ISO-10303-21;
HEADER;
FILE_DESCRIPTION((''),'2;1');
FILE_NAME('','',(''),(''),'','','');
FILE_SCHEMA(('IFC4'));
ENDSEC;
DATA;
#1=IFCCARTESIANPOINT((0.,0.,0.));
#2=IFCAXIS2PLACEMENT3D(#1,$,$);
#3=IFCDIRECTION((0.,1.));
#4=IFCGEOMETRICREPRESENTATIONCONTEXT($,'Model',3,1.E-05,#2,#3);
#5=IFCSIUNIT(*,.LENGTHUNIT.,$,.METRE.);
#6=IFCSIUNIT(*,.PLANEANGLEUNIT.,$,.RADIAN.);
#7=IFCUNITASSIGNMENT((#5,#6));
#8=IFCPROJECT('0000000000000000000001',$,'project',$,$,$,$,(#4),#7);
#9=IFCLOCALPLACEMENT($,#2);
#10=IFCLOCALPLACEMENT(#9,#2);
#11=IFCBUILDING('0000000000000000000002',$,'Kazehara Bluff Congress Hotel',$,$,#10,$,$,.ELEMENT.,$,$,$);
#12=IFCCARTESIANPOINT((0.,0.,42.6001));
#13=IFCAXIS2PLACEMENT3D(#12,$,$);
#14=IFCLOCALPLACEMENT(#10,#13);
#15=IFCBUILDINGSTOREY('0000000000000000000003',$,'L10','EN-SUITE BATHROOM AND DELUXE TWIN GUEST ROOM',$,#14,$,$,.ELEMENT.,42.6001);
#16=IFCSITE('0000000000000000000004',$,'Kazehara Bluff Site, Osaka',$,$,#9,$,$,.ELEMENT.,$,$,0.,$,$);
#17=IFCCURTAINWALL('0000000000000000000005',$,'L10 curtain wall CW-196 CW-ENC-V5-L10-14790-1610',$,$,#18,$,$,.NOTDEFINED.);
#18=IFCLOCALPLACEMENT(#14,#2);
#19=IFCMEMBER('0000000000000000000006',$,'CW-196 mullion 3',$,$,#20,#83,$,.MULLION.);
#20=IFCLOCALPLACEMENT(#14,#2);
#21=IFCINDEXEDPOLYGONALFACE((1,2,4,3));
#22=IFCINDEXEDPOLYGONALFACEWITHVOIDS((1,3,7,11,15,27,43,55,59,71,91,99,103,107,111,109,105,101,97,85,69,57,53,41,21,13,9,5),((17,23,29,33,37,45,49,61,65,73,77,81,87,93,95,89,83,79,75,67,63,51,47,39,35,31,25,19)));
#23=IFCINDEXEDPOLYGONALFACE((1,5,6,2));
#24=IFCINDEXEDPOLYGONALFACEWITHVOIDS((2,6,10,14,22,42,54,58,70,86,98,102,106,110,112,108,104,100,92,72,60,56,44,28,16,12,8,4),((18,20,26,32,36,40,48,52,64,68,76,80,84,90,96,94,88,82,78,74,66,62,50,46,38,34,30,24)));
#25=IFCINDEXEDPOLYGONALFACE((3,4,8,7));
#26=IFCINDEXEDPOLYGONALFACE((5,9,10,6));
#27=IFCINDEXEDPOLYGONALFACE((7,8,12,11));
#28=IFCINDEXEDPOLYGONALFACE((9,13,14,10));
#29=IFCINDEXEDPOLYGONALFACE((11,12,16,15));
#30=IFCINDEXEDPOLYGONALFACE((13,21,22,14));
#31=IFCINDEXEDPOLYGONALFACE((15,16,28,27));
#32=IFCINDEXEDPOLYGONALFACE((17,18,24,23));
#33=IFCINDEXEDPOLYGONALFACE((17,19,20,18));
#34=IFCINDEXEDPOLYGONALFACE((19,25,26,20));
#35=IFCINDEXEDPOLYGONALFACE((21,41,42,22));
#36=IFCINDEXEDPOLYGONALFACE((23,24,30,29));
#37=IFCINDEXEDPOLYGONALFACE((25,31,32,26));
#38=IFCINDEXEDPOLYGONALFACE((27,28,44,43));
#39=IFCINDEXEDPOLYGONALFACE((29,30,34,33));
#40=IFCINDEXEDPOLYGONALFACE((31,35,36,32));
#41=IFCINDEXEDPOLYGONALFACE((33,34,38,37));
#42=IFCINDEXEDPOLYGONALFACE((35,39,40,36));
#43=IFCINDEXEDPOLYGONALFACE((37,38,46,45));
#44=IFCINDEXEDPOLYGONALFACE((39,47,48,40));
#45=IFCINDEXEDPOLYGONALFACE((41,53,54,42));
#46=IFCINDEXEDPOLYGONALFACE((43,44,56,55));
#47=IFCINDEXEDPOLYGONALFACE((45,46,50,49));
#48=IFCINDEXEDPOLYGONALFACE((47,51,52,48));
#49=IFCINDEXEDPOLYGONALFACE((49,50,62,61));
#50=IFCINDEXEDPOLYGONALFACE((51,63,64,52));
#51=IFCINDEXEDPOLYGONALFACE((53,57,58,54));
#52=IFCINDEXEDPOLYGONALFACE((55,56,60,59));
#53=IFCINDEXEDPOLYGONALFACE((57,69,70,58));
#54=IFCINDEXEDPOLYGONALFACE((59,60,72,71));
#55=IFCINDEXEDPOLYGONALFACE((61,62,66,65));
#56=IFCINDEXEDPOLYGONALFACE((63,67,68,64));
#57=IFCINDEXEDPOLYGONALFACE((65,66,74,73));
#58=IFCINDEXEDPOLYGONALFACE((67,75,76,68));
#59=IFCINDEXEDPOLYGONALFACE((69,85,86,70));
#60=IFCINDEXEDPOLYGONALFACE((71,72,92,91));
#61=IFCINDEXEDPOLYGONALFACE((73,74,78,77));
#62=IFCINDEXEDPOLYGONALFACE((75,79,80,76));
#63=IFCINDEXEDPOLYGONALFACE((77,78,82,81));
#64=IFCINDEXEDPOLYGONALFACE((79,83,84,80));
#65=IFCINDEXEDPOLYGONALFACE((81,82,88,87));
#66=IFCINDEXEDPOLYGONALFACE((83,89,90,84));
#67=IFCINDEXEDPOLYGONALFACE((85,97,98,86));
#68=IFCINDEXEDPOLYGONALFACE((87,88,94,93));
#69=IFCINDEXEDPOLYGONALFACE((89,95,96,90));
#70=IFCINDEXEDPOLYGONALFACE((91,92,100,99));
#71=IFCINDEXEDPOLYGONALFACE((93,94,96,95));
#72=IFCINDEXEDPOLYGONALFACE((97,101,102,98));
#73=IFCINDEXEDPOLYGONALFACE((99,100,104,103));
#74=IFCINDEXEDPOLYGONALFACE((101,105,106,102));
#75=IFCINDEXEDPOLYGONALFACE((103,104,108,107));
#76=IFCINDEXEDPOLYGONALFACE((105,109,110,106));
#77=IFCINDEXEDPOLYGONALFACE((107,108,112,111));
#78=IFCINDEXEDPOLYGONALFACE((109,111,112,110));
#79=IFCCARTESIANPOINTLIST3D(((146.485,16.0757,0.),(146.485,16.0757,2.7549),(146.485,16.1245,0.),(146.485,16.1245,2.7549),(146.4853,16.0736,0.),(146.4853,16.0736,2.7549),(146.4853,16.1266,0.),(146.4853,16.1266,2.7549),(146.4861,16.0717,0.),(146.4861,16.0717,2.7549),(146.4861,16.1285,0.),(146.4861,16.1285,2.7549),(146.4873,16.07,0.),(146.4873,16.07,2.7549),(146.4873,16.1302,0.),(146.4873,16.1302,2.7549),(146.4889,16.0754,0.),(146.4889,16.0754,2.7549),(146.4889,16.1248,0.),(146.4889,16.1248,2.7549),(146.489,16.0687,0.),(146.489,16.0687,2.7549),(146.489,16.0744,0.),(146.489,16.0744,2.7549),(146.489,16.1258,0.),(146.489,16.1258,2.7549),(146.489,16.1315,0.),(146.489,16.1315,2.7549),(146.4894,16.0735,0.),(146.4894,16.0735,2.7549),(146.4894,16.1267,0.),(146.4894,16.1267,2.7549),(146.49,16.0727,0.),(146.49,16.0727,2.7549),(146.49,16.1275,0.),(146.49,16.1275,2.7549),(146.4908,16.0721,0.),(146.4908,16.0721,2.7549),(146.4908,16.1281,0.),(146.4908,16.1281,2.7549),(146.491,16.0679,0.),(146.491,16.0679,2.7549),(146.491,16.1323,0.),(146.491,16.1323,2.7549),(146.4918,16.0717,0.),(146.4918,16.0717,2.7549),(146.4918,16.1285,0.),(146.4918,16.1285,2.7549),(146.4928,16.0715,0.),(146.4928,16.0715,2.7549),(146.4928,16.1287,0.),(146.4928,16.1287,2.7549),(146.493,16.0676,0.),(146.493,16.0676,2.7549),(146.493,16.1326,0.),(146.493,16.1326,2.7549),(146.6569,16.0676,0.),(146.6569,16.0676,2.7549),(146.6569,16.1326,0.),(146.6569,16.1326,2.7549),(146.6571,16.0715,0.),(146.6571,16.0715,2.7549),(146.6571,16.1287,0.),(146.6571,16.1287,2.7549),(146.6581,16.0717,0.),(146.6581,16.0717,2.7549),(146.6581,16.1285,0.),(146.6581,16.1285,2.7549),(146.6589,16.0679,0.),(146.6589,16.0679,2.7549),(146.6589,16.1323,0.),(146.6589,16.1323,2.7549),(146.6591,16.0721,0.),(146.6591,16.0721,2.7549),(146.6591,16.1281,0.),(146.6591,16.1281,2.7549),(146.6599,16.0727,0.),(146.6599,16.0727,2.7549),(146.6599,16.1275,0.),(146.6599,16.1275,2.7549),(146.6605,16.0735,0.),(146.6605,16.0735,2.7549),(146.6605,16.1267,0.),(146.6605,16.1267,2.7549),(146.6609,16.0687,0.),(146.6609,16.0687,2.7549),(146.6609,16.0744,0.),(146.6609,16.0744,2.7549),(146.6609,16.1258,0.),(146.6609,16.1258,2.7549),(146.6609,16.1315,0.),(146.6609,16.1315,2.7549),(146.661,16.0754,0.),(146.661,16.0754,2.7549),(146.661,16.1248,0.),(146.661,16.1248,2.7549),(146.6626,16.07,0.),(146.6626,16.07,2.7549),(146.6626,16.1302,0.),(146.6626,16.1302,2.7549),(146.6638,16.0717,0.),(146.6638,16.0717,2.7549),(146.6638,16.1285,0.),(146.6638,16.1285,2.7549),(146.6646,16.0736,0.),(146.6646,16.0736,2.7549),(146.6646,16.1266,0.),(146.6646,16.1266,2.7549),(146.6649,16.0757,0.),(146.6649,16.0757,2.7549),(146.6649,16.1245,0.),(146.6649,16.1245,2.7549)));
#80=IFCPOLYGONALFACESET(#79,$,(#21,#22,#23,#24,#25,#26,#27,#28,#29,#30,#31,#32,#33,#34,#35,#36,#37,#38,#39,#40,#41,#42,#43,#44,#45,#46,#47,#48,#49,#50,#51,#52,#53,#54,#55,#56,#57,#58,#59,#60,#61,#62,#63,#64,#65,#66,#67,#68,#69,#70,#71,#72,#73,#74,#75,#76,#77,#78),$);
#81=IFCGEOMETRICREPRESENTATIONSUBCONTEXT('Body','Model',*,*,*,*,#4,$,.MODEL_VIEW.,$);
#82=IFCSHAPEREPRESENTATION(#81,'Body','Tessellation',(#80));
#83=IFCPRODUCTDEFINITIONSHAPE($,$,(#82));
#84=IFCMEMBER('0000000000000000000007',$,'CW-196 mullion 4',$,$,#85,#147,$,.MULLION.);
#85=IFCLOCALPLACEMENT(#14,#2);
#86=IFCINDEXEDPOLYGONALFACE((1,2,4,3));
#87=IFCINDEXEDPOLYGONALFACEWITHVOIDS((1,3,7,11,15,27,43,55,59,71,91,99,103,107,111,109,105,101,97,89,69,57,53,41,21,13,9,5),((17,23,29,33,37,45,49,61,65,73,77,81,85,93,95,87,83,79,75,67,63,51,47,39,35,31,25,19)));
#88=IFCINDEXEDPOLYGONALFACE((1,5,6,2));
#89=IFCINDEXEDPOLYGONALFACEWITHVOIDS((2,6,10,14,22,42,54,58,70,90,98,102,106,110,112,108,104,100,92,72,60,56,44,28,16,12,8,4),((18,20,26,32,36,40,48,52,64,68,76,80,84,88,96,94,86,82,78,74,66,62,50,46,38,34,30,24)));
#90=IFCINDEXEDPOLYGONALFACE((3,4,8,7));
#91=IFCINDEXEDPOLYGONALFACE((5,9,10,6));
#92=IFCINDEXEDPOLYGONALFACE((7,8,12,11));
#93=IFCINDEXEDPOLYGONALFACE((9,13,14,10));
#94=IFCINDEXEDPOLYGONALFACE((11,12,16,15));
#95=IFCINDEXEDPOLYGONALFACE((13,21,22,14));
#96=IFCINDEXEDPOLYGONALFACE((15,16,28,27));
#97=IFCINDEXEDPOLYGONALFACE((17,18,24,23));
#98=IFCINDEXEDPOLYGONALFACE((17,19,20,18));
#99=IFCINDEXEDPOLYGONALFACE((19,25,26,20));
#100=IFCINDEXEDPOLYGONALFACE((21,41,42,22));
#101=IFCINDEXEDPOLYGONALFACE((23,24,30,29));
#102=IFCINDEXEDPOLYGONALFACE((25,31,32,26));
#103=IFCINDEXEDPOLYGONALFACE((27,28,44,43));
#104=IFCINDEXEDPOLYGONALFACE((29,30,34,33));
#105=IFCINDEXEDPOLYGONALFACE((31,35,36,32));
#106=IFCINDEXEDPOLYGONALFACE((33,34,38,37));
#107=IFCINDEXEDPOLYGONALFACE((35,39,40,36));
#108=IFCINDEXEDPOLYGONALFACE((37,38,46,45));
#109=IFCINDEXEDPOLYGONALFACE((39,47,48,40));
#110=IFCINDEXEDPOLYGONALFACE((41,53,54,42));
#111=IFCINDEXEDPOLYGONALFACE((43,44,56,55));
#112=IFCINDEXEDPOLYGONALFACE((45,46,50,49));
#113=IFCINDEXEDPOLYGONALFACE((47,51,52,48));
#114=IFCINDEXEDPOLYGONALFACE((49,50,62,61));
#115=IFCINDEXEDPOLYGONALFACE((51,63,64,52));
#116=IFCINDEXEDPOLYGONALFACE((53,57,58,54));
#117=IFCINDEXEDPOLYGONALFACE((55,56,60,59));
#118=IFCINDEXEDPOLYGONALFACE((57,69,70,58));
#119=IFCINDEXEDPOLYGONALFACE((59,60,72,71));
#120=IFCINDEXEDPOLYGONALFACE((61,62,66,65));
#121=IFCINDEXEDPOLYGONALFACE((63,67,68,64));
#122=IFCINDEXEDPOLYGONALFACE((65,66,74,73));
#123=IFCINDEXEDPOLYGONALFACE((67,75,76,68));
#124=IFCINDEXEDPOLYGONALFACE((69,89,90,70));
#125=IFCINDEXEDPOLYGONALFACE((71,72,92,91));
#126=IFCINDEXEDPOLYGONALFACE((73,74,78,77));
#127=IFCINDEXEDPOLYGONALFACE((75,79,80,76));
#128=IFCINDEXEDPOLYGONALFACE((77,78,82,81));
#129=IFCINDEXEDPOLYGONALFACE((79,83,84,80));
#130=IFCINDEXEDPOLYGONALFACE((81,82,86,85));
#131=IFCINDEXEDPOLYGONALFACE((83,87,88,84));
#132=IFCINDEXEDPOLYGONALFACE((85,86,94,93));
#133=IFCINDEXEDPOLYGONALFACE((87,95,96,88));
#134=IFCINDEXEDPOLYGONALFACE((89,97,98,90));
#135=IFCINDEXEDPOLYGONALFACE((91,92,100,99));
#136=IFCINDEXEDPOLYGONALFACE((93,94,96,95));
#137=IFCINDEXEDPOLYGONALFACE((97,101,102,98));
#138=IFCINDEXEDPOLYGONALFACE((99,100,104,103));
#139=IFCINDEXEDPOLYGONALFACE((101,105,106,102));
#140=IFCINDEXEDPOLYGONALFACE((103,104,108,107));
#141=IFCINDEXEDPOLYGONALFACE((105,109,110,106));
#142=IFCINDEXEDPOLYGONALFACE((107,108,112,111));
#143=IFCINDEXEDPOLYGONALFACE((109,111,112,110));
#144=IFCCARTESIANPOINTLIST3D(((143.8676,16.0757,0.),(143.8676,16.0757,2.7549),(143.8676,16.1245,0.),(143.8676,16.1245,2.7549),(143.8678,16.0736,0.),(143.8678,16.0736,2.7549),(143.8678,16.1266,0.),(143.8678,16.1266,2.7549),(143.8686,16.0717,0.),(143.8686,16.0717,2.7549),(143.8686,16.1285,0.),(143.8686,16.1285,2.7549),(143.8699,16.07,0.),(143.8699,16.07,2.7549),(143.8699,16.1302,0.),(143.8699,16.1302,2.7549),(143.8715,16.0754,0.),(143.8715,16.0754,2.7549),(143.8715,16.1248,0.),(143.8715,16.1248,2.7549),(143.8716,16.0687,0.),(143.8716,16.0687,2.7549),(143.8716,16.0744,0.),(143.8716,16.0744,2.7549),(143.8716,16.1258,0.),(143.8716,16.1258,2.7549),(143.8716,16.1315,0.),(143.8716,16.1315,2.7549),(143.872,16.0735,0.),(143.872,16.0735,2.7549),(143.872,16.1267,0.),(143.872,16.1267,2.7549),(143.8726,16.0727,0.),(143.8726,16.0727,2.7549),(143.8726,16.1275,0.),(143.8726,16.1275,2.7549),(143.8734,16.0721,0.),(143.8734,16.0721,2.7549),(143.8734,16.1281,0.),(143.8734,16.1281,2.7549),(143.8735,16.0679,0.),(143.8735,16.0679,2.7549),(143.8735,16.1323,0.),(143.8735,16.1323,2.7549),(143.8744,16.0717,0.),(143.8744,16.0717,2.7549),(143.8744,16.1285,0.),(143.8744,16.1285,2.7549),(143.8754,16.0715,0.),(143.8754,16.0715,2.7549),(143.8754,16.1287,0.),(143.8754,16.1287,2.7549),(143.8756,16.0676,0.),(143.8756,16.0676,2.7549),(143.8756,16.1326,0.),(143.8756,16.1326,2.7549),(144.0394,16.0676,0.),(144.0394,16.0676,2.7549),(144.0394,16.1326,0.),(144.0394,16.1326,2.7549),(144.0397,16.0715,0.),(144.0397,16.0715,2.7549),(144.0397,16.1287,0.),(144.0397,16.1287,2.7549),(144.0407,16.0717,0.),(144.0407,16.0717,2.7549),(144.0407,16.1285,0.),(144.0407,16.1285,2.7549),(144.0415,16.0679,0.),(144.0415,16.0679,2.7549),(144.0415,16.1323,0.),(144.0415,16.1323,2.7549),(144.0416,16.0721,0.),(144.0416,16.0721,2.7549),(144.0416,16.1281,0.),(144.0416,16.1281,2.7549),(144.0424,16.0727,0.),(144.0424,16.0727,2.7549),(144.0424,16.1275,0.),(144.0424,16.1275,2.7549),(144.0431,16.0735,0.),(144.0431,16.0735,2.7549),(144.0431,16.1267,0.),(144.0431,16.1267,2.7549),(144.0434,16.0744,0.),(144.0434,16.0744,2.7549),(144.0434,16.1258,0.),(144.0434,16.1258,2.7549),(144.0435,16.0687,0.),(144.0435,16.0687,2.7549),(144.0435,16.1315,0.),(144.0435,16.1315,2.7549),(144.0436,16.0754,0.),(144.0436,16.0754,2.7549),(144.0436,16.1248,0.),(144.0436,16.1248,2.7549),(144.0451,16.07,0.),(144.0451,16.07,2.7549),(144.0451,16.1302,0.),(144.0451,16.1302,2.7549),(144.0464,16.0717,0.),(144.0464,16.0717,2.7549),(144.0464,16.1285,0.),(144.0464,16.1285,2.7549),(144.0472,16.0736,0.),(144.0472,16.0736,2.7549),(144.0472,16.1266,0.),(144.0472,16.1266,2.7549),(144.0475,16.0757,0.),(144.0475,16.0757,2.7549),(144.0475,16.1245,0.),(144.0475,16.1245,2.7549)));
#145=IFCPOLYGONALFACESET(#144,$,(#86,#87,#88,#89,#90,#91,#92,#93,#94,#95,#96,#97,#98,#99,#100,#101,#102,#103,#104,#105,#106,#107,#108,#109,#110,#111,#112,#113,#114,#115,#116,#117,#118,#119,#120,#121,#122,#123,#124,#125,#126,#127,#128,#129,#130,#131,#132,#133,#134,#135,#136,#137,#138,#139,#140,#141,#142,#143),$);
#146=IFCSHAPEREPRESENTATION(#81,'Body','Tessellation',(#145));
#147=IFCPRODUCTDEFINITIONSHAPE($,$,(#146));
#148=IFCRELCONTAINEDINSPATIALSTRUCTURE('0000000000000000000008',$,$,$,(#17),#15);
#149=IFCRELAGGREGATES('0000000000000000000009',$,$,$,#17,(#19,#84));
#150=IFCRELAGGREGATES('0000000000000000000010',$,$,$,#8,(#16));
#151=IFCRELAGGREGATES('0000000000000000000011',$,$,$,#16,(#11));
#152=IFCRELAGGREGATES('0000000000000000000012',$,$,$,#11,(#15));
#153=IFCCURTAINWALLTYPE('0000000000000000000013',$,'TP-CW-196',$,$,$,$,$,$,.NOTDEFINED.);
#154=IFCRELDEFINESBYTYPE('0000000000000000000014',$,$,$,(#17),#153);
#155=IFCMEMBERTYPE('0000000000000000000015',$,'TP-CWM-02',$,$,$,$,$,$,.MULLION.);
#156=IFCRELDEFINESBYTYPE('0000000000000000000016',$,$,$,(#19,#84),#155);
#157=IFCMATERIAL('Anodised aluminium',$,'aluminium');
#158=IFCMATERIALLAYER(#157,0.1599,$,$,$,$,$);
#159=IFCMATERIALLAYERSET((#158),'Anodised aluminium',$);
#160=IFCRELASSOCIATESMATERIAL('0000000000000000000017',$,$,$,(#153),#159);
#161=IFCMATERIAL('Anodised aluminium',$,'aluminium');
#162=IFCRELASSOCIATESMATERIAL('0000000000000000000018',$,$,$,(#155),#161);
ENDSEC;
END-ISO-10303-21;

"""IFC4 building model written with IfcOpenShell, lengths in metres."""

from ifc_helpers import new_model, si_unit, direction, frame, origin, origin_2d, place, context, subcontext, project, spatial, hollow_rectangle, extrude, material, layer, layer_set, material_profile, profile_set, type_object, element, aggregate, save


model = new_model("IFC4")

# Units and contexts
model_context = context("Model", 3, precision=1e-05, world=origin(), true_north=direction((0.0, 1.0)))
body_context = subcontext(model_context, "Body", "Model", "MODEL_VIEW")
ifc_project = project(units=[si_unit("LENGTHUNIT", "METRE"), si_unit("PLANEANGLEUNIT", "RADIAN")], contexts=[model_context])

# Site, building, storey
site_placement = place(None, origin())
site = spatial("IfcSite", under=ifc_project, at=site_placement, Name="Kazehara Bluff Site, Osaka", CompositionType="ELEMENT", RefElevation=0.0)
building_placement = place(site_placement, origin())
building = spatial("IfcBuilding", under=site, at=building_placement, Name="Kazehara Bluff Congress Hotel", CompositionType="ELEMENT")
storey_placement = place(building_placement, frame((0.0, 0.0, 42.6001)))
storey = spatial("IfcBuildingStorey", under=building, at=storey_placement, Name="L10", Description="EN-SUITE BATHROOM AND DELUXE TWIN GUEST ROOM", CompositionType="ELEMENT", Elevation=42.6001)

# Curtain wall, members
ifc_material_1 = material(Name="Anodised aluminium", Category="aluminium")
ifc_layer_1 = layer(ifc_material_1, 0.1599)
ifc_layer_set_1 = layer_set([ifc_layer_1], Name="Anodised aluminium")
curtain_wall_type = type_object("IfcCurtainWallType", Name="TP-CW-196", PredefinedType="NOTDEFINED", material=ifc_layer_set_1)
curtain_wall_placement = place(storey_placement, origin())
curtain_wall = element("IfcCurtainWall", 1, at=curtain_wall_placement, inside=storey, type_object=curtain_wall_type, Name="L10 curtain wall CW-196 CW-ENC-V5-L10-14790-1610", PredefinedType="NOTDEFINED")
ifc_material_2 = material(Name="Anodised aluminium", Category="aluminium")
ifc_material_profile_1 = material_profile(ifc_material_2, hollow_rectangle(XDim=0.0649, YDim=0.1799, WallThickness=0.0039, InnerFilletRadius=0.0039, OuterFilletRadius=0.0081, at=origin_2d()))
ifc_profile_set_1 = profile_set([ifc_material_profile_1], Name="Anodised aluminium")
member_type_1 = type_object("IfcMemberType", Name="TP-CWM-02", PredefinedType="MULLION", material=ifc_profile_set_1)
member_1_placement = place(storey_placement, frame((146.575, 16.1001, 0.0), z_axis=(0.0, 0.0, 1.0), x_axis=(0.0, -1.0, 0.0)))
member_1 = element("IfcMember", 2, at=member_1_placement, type_object=member_type_1, Name="CW-196 mullion 3", PredefinedType="MULLION", context=body_context, shape_type="SweptSolid", body=[
    extrude(hollow_rectangle(XDim=0.0649, YDim=0.1799, WallThickness=0.0039, InnerFilletRadius=0.0039, OuterFilletRadius=0.0081, at=origin_2d()), origin(), (0.0, 0.0, 1.0), 2.7549),
])
member_2_placement = place(storey_placement, frame((143.9575, 16.1001, 0.0), z_axis=(0.0, 0.0, 1.0), x_axis=(0.0, -1.0, 0.0)))
member_2 = element("IfcMember", 3, at=member_2_placement, type_object=member_type_1, Name="CW-196 mullion 4", PredefinedType="MULLION", context=body_context, shape_type="SweptSolid", body=[
    extrude(hollow_rectangle(XDim=0.0649, YDim=0.1799, WallThickness=0.0039, InnerFilletRadius=0.0039, OuterFilletRadius=0.0081, at=origin_2d()), origin(), (0.0, 0.0, 1.0), 2.7549),
])

aggregate(curtain_wall, [member_1, member_2])

save(model, "model.ifc")
